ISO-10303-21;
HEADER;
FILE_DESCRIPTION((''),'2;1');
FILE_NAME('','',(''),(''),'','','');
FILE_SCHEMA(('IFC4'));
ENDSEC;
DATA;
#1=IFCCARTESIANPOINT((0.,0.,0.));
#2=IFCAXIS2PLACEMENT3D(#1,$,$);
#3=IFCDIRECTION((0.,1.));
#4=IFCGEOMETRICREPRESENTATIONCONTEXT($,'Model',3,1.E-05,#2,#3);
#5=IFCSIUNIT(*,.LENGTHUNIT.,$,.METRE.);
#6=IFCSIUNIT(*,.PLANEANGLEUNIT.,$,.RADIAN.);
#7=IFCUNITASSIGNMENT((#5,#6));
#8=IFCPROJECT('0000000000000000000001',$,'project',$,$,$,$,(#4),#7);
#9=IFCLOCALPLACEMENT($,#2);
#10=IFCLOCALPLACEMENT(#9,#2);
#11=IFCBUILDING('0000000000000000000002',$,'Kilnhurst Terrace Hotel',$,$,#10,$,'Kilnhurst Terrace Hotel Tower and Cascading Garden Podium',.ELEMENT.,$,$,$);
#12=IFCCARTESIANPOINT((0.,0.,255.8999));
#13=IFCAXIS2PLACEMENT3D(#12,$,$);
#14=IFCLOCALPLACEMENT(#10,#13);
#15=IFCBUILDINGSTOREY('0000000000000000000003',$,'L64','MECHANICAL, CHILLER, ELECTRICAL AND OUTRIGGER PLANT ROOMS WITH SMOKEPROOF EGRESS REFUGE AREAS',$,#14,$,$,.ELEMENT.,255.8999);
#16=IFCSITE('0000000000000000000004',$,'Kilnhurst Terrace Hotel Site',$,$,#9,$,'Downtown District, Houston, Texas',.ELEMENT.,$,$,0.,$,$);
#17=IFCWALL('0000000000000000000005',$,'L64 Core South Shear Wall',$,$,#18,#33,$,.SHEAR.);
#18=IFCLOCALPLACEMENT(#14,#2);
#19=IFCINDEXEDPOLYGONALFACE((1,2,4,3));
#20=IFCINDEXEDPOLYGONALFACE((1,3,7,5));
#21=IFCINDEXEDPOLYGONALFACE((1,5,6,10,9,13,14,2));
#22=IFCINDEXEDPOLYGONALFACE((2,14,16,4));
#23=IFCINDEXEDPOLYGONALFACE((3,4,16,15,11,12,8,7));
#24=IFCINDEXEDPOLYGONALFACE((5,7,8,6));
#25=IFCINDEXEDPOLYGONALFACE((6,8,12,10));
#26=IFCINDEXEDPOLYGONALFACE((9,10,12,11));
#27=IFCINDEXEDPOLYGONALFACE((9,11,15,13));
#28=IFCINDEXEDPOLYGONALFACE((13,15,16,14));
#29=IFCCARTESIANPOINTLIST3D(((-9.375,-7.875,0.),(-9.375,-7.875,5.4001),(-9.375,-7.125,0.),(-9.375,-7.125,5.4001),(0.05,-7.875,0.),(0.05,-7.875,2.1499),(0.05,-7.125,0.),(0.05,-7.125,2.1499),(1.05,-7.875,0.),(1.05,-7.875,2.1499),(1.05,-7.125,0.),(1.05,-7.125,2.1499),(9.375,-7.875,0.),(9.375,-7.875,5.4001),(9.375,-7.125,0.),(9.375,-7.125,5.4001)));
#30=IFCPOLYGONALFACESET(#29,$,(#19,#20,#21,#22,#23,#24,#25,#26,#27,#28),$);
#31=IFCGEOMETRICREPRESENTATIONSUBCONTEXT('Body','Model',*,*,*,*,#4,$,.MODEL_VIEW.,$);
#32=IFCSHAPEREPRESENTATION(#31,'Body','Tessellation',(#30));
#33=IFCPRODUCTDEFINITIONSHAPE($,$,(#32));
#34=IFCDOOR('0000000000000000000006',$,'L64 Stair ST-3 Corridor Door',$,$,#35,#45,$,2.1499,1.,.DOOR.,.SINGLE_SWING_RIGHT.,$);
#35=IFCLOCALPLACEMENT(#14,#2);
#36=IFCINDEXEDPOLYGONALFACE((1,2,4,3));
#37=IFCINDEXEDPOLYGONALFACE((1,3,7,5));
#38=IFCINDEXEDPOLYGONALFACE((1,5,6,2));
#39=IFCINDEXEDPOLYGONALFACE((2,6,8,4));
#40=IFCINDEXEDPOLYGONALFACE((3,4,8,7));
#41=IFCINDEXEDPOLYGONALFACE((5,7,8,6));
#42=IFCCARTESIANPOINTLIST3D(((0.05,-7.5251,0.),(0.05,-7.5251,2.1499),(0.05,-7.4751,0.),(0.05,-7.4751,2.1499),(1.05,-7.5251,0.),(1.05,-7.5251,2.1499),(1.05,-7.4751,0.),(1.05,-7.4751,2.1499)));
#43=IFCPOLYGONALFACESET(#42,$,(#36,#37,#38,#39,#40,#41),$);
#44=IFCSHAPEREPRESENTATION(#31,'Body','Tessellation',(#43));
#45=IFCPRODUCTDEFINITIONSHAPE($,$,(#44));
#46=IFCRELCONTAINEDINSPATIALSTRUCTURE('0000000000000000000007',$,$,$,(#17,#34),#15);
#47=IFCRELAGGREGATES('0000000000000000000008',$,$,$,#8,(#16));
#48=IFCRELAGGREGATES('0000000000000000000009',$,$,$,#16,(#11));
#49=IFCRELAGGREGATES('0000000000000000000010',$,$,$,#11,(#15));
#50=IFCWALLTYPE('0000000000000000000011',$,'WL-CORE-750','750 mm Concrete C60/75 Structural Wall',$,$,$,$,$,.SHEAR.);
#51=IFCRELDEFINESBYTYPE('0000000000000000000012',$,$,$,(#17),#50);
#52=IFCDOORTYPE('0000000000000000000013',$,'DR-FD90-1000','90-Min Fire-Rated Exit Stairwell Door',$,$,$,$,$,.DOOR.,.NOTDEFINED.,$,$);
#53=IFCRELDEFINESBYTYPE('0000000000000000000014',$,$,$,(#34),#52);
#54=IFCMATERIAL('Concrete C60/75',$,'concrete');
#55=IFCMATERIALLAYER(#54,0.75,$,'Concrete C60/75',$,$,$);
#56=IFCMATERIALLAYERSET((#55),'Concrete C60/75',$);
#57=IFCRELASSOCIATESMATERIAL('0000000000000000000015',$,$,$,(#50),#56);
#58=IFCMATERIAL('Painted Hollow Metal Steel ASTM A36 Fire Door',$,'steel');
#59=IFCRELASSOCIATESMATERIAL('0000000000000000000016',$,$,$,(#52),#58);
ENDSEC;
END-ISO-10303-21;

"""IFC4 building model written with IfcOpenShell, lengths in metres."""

from ifc_helpers import new_model, si_unit, direction, frame, frame_2d, origin, place, context, subcontext, project, spatial, rectangle, extrude, material, layer, layer_set, type_object, element, fill, save


model = new_model("IFC4")

# Units and contexts
model_context = context("Model", 3, precision=1e-05, world=origin(), true_north=direction((0.0, 1.0)))
body_context = subcontext(model_context, "Body", "Model", "MODEL_VIEW")
ifc_project = project(units=[si_unit("LENGTHUNIT", "METRE"), si_unit("PLANEANGLEUNIT", "RADIAN")], contexts=[model_context])

# Site, building, storey
site_placement = place(None, origin())
site = spatial("IfcSite", under=ifc_project, at=site_placement, Name="Kilnhurst Terrace Hotel Site", LongName="Downtown District, Houston, Texas", CompositionType="ELEMENT", RefElevation=0.0)
building_placement = place(site_placement, origin())
building = spatial("IfcBuilding", under=site, at=building_placement, Name="Kilnhurst Terrace Hotel", LongName="Kilnhurst Terrace Hotel Tower and Cascading Garden Podium", CompositionType="ELEMENT")
storey_placement = place(building_placement, frame((0.0, 0.0, 255.8999)))
storey = spatial("IfcBuildingStorey", under=building, at=storey_placement, Name="L64", Description="MECHANICAL, CHILLER, ELECTRICAL AND OUTRIGGER PLANT ROOMS WITH SMOKEPROOF EGRESS REFUGE AREAS", CompositionType="ELEMENT", Elevation=255.8999)

# Shared definitions
ifc_material_1 = material(Name="Concrete C60/75", Category="concrete")

# Wall, opening, door
ifc_layer_1 = layer(ifc_material_1, 0.75, Name="Concrete C60/75")
ifc_layer_set_1 = layer_set([ifc_layer_1], Name="Concrete C60/75")
wall_type_1 = type_object("IfcWallType", Name="WL-CORE-750", Description="750 mm Concrete C60/75 Structural Wall", PredefinedType="SHEAR", material=ifc_layer_set_1)
wall_1_placement = place(storey_placement, frame((-9.375, -7.5, 0.0), z_axis=(0.0, 0.0, 1.0), x_axis=(1.0, 0.0, 0.0)))
wall_1 = element("IfcWall", 1, at=wall_1_placement, inside=storey, type_object=wall_type_1, Name="L64 Core South Shear Wall", PredefinedType="SHEAR", context=body_context, shape_type="SweptSolid", body=[
    extrude(rectangle(XDim=18.75, YDim=0.75, at=frame_2d((9.375, 0.0))), origin(), (0.0, 0.0, 1.0), 5.4001),
])
opening_placement = place(wall_1_placement, frame((9.425, 0.0, 0.0)))
opening = element("IfcOpeningElement", 2, at=opening_placement, cuts=wall_1, PredefinedType="OPENING", context=body_context, shape_type="SweptSolid", body=[
    extrude(rectangle(XDim=1.0, YDim=2.1499, at=frame_2d((0.5, 1.075))), frame((0.0, 0.385, 0.0), z_axis=(0.0, -1.0, 0.0), x_axis=(1.0, 0.0, 0.0)), (0.0, 0.0, 1.0), 0.77),
])
ifc_material_2 = material(Name="Painted Hollow Metal Steel ASTM A36 Fire Door", Category="steel")
door_type = type_object("IfcDoorType", Name="DR-FD90-1000", Description="90-Min Fire-Rated Exit Stairwell Door", OperationType="NOTDEFINED", PredefinedType="DOOR", material=ifc_material_2)
door_placement = place(opening_placement, origin())
door = element("IfcDoor", 3, at=door_placement, inside=storey, type_object=door_type, Name="L64 Stair ST-3 Corridor Door", OperationType="SINGLE_SWING_RIGHT", OverallHeight=2.1499, OverallWidth=1.0, PredefinedType="DOOR", context=body_context, shape_type="SweptSolid", body=[
    extrude(rectangle(XDim=1.0, YDim=2.1499, at=frame_2d((0.5, 1.075))), frame((0.0, 0.0249, 0.0), z_axis=(0.0, -1.0, 0.0), x_axis=(1.0, 0.0, 0.0)), (0.0, 0.0, 1.0), 0.05),
])
fill(opening, door)

save(model, "model.ifc")
